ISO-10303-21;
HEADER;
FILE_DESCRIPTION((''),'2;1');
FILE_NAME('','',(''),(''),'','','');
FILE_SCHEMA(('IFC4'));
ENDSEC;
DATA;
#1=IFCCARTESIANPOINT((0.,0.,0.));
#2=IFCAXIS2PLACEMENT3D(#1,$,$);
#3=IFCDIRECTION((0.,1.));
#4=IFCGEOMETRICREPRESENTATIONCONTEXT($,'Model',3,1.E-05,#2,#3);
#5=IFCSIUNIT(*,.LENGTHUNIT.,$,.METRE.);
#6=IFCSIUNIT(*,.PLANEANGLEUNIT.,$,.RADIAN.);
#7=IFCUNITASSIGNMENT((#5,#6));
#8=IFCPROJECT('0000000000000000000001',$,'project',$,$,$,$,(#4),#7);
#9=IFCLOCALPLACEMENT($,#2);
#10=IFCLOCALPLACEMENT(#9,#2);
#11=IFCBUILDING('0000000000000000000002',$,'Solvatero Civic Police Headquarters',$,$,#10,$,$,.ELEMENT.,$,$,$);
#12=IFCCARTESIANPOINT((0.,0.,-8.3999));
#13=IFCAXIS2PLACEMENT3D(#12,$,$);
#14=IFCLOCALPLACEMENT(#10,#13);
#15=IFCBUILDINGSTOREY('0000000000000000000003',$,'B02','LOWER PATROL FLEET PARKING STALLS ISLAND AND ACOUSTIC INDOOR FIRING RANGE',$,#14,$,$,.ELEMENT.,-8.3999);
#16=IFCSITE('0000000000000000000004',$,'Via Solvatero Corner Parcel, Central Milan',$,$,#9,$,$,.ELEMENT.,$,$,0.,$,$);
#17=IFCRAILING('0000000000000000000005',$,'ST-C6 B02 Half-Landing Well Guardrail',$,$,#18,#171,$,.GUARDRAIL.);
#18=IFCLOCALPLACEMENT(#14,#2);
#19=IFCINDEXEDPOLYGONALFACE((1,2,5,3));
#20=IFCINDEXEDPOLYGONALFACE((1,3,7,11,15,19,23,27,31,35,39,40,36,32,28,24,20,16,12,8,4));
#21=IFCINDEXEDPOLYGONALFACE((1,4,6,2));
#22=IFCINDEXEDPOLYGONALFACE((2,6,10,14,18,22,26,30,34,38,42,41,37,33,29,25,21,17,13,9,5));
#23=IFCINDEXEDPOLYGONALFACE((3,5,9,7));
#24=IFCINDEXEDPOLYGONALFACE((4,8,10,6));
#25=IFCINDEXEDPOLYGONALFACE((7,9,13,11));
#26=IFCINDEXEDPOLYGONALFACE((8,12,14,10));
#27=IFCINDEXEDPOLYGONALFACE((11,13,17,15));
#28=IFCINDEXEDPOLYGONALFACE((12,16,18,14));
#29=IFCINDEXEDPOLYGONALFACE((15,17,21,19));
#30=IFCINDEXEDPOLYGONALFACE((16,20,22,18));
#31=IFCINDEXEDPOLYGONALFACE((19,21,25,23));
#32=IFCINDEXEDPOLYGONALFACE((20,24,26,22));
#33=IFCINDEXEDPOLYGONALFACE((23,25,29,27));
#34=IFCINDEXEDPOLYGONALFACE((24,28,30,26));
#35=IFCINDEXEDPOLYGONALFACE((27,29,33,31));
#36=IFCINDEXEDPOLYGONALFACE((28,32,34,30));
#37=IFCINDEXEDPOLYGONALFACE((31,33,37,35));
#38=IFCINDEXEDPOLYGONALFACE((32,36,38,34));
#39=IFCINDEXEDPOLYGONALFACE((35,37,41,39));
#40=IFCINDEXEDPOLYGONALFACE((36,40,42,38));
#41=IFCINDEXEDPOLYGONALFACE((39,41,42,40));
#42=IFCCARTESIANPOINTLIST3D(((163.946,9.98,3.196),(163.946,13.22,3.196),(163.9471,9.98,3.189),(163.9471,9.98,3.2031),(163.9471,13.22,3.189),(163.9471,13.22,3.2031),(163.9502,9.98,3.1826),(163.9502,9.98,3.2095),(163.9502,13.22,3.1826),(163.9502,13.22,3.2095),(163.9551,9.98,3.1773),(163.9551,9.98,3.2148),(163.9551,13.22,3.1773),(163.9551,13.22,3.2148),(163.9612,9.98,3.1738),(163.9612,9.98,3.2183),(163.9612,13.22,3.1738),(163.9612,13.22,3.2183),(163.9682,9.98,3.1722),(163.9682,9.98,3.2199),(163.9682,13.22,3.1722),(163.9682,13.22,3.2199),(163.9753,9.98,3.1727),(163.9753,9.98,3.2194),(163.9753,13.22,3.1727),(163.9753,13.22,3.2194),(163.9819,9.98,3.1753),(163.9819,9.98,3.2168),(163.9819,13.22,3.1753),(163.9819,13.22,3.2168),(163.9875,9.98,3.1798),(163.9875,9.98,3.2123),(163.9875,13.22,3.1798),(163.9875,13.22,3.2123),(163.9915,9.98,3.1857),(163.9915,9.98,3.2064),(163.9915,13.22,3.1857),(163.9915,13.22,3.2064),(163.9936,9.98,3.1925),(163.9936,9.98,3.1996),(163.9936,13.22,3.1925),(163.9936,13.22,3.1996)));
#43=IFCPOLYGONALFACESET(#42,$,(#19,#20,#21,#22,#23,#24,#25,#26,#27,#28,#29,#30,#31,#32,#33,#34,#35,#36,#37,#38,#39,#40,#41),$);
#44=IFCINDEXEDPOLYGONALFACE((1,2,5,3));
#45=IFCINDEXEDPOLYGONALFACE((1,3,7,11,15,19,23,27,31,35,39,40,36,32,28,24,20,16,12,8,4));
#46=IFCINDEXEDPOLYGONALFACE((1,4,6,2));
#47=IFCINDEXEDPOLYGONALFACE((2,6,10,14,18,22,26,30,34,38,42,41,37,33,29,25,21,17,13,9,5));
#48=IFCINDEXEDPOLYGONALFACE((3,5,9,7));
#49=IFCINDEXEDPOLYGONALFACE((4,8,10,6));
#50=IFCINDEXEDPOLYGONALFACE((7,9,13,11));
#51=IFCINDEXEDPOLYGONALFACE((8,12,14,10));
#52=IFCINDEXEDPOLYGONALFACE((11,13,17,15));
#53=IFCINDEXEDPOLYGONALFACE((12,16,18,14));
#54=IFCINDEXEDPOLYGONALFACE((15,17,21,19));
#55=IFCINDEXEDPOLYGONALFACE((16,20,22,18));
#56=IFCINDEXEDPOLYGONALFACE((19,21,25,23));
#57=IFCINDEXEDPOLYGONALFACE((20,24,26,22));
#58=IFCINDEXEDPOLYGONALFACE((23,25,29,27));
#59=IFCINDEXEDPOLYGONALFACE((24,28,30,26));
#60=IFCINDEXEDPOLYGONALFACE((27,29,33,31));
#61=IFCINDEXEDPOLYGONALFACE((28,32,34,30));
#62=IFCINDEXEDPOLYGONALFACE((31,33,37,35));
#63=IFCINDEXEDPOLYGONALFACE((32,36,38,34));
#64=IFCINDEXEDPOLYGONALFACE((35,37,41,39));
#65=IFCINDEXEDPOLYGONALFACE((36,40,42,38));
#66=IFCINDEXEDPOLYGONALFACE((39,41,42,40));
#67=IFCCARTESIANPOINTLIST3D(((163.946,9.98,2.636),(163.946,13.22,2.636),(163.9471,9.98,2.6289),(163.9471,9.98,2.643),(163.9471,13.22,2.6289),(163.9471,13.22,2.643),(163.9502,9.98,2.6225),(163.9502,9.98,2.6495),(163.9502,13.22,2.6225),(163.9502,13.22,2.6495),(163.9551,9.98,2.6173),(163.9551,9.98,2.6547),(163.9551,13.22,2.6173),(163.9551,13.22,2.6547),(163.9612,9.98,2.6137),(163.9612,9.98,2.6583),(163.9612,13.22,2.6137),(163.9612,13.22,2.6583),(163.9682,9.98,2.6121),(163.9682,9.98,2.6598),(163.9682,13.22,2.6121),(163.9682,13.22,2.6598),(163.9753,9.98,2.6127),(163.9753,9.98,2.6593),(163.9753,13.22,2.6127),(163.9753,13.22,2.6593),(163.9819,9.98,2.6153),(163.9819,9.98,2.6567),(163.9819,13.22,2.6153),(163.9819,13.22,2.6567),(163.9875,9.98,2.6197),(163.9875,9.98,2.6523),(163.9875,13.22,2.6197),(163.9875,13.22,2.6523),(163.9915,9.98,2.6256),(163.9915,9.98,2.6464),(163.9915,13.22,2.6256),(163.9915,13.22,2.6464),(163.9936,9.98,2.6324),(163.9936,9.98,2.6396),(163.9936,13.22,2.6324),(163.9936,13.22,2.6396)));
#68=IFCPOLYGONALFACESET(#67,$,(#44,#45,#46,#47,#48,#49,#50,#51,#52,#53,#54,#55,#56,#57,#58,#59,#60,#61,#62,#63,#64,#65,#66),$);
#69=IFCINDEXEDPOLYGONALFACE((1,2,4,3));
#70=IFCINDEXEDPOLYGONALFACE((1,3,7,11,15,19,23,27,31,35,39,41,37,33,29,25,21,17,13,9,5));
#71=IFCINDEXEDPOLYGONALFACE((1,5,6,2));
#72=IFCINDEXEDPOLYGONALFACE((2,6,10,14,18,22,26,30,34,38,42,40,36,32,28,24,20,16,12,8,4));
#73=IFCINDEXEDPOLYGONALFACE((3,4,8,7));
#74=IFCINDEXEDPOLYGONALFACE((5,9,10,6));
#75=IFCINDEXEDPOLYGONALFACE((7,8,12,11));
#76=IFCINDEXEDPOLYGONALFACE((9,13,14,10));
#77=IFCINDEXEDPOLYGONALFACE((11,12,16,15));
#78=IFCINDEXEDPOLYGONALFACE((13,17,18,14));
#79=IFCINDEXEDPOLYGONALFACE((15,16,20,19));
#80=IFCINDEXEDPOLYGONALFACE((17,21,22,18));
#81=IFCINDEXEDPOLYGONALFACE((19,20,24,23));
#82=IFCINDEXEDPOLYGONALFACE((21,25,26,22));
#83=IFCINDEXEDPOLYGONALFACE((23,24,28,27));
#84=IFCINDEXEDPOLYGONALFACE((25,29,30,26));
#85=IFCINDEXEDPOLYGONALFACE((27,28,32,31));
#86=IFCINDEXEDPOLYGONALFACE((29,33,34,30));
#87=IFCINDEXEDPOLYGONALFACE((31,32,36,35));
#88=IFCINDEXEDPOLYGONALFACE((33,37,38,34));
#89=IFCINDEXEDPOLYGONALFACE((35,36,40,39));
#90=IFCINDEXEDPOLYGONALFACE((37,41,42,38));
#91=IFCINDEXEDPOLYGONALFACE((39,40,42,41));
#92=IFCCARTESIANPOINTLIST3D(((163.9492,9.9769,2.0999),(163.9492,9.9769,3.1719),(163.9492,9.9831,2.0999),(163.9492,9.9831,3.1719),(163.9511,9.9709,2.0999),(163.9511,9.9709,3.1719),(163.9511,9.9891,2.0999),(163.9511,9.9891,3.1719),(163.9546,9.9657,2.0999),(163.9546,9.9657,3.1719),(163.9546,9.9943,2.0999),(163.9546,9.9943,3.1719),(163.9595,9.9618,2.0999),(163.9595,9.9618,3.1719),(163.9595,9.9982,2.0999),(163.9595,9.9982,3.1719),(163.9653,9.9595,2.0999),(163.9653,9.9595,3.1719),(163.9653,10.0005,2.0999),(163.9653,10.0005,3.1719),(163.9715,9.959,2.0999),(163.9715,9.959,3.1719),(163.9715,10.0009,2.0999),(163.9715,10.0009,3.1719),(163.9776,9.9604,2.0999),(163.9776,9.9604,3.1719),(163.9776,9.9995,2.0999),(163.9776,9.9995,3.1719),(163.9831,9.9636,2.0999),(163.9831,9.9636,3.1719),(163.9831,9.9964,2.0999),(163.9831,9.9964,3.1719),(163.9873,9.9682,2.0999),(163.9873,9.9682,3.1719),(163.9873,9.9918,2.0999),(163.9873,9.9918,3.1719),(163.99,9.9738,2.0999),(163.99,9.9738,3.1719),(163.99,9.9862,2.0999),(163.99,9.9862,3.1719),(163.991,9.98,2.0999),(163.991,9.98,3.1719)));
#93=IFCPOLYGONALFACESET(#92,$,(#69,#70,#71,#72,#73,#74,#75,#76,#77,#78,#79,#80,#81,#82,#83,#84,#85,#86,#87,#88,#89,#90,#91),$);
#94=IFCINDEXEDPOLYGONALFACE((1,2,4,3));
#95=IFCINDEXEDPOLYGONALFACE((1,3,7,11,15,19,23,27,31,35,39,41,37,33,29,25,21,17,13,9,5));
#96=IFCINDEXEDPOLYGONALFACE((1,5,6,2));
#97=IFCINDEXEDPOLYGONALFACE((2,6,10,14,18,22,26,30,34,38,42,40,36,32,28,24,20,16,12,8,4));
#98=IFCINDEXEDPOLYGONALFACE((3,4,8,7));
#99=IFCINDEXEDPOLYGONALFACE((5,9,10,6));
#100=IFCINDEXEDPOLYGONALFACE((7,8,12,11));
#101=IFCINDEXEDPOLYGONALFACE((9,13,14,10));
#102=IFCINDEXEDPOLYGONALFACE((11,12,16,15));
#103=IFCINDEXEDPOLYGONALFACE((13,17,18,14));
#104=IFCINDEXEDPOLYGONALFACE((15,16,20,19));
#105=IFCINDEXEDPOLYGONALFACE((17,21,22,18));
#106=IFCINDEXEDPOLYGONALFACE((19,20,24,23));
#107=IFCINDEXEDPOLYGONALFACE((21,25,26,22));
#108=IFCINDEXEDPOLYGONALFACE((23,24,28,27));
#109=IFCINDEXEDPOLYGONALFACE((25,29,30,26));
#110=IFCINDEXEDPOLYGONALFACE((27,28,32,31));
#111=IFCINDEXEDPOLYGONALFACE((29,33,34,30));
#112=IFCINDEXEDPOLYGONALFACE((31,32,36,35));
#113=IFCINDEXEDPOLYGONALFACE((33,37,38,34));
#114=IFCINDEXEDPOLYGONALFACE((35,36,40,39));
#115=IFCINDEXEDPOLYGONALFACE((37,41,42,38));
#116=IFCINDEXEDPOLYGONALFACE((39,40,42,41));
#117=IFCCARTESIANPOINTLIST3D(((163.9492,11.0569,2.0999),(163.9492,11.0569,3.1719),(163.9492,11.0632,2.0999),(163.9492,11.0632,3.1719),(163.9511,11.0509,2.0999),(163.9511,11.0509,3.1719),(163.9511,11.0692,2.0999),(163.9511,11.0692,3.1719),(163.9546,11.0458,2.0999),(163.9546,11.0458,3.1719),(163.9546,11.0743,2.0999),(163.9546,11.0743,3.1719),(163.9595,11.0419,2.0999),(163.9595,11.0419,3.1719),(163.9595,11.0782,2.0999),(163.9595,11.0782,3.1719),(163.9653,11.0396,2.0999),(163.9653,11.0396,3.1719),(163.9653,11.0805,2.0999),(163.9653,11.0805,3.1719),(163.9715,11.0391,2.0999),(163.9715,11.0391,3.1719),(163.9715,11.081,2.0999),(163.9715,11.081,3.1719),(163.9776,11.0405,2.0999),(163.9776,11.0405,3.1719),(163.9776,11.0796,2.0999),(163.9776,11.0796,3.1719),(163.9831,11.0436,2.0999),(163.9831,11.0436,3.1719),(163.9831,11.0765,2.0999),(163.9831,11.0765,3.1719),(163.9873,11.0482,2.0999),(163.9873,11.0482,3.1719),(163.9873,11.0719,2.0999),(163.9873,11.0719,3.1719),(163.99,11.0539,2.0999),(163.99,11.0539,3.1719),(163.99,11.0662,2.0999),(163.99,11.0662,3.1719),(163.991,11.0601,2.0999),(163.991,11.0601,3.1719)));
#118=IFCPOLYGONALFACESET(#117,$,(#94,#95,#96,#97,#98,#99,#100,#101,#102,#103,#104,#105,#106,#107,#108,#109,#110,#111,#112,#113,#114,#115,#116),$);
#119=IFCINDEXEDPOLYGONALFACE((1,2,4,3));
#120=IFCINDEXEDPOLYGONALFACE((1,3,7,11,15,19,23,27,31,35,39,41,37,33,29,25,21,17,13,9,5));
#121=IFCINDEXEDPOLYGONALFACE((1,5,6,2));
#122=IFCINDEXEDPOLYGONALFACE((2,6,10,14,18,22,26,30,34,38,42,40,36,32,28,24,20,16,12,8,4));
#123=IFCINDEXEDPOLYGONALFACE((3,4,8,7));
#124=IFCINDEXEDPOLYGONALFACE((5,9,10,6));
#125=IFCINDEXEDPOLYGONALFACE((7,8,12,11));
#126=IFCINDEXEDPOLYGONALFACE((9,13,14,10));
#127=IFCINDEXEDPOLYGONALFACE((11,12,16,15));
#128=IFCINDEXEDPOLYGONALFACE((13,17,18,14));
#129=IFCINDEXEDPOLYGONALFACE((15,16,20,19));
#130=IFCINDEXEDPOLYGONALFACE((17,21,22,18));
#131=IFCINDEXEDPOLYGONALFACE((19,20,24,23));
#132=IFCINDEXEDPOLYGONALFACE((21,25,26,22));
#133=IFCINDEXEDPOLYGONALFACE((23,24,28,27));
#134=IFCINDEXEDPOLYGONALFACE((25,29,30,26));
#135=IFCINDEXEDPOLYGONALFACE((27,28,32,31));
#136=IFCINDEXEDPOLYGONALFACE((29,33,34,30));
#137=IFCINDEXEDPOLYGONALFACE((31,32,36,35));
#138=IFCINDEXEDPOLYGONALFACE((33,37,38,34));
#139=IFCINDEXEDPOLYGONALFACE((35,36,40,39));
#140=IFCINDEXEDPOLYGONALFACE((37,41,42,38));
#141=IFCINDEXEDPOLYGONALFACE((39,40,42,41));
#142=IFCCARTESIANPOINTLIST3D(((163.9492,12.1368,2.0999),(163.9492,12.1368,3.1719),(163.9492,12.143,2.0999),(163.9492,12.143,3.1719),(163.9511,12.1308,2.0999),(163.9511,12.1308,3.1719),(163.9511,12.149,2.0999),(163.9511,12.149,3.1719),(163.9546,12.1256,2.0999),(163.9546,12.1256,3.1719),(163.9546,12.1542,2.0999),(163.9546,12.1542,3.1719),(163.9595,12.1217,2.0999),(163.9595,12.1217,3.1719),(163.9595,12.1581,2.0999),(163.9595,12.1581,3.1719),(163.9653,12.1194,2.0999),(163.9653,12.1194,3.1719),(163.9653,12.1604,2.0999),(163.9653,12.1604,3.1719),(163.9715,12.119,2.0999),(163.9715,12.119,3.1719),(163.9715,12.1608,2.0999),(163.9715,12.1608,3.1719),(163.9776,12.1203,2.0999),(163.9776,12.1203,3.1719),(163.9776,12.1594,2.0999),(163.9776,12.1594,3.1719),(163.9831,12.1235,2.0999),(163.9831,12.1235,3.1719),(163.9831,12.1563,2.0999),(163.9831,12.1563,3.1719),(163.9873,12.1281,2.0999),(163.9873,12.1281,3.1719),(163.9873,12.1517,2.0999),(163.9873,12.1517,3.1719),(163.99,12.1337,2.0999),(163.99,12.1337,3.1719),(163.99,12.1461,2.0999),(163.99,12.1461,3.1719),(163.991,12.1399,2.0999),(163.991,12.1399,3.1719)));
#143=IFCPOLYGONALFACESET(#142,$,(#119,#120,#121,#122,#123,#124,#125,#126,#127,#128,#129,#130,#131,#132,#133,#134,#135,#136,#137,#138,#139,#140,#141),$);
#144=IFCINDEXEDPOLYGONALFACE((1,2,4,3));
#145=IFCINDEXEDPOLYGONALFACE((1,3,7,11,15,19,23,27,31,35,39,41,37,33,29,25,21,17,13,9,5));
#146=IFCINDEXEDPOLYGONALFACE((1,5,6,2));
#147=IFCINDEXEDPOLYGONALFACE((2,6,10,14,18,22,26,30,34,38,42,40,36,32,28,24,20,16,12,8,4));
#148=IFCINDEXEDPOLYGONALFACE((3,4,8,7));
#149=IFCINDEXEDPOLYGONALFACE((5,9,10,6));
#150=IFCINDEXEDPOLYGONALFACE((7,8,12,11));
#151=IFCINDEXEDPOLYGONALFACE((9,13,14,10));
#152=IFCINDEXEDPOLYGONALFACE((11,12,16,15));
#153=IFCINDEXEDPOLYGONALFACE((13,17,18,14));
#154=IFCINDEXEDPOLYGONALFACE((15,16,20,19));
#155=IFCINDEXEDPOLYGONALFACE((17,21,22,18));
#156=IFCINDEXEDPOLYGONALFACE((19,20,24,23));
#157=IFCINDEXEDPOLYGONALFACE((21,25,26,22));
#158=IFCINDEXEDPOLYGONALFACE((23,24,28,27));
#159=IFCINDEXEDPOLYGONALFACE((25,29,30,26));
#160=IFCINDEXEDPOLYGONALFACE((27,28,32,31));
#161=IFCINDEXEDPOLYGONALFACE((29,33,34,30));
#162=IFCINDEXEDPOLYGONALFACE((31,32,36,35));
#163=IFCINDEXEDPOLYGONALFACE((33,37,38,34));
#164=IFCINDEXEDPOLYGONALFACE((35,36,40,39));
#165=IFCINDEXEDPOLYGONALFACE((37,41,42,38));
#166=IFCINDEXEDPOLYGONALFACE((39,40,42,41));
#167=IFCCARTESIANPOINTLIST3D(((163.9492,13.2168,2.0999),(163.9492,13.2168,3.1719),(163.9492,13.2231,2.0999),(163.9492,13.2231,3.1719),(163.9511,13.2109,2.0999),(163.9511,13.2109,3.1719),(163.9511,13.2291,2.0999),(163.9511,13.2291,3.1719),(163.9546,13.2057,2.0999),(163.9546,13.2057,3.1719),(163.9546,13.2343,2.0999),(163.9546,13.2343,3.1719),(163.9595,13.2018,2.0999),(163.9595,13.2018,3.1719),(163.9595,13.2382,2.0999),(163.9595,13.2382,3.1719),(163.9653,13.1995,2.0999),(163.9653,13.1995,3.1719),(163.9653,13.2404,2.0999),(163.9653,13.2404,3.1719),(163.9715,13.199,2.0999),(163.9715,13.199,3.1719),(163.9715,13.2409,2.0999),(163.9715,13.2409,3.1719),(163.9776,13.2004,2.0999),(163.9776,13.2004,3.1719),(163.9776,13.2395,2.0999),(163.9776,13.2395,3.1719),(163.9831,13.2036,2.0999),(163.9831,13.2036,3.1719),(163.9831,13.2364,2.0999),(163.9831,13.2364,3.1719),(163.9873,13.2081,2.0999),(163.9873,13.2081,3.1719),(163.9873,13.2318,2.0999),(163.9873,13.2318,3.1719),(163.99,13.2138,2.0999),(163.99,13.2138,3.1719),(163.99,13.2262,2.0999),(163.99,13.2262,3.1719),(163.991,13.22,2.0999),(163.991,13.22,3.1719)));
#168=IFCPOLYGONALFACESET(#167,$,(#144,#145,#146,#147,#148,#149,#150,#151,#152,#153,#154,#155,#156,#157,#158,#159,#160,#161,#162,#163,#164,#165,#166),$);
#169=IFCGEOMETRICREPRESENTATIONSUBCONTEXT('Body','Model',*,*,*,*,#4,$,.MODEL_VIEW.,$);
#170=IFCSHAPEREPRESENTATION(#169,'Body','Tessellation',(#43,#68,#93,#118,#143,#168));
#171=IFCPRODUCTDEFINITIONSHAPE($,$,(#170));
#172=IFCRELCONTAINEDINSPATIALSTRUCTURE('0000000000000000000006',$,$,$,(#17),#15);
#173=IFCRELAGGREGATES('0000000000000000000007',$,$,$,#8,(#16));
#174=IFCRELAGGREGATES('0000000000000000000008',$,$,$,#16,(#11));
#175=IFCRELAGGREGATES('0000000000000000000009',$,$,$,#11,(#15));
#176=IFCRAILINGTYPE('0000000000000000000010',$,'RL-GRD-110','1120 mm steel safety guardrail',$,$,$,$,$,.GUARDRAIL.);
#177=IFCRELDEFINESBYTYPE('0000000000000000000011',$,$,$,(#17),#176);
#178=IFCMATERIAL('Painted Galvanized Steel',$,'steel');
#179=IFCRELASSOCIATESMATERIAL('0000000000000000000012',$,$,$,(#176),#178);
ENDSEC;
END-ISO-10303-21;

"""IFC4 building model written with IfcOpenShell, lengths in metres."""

from ifc_helpers import new_model, si_unit, direction, frame, origin, origin_2d, place, context, subcontext, project, spatial, circle, extrude, material, type_object, element, save


model = new_model("IFC4")

# Units and contexts
model_context = context("Model", 3, precision=1e-05, world=origin(), true_north=direction((0.0, 1.0)))
body_context = subcontext(model_context, "Body", "Model", "MODEL_VIEW")
ifc_project = project(units=[si_unit("LENGTHUNIT", "METRE"), si_unit("PLANEANGLEUNIT", "RADIAN")], contexts=[model_context])

# Site, building, storey
site_placement = place(None, origin())
site = spatial("IfcSite", under=ifc_project, at=site_placement, Name="Via Solvatero Corner Parcel, Central Milan", CompositionType="ELEMENT", RefElevation=0.0)
building_placement = place(site_placement, origin())
building = spatial("IfcBuilding", under=site, at=building_placement, Name="Solvatero Civic Police Headquarters", CompositionType="ELEMENT")
storey_placement = place(building_placement, frame((0.0, 0.0, -8.3999)))
storey = spatial("IfcBuildingStorey", under=building, at=storey_placement, Name="B02", Description="LOWER PATROL FLEET PARKING STALLS ISLAND AND ACOUSTIC INDOOR FIRING RANGE", CompositionType="ELEMENT", Elevation=-8.3999)

# Railing
ifc_material_1 = material(Name="Painted Galvanized Steel", Category="steel")
railing_type_1 = type_object("IfcRailingType", Name="RL-GRD-110", Description="1120 mm steel safety guardrail", PredefinedType="GUARDRAIL", material=ifc_material_1)
railing_1_placement = place(storey_placement, frame((163.97, 9.98, 2.0999)))
element("IfcRailing", 1, at=railing_1_placement, inside=storey, type_object=railing_type_1, Name="ST-C6 B02 Half-Landing Well Guardrail", PredefinedType="GUARDRAIL", context=body_context, shape_type="SweptSolid", body=[
    extrude(circle(Radius=0.0239, at=origin_2d()), frame((0.0, 0.0, 1.0962), z_axis=(0.0, 1.0, 0.0), x_axis=(-1.0, 0.0, 0.0)), (0.0, 0.0, 1.0), 3.24),
    extrude(circle(Radius=0.0239, at=origin_2d()), frame((0.0, 0.0, 0.5361), z_axis=(0.0, 1.0, 0.0), x_axis=(-1.0, 0.0, 0.0)), (0.0, 0.0, 1.0), 3.24),
    extrude(circle(Radius=0.021, at=origin_2d()), origin(), (0.0, 0.0, 1.0), 1.072),
    extrude(circle(Radius=0.021, at=origin_2d()), frame((0.0, 1.0801, 0.0)), (0.0, 0.0, 1.0), 1.072),
    extrude(circle(Radius=0.021, at=origin_2d()), frame((0.0, 2.1599, 0.0)), (0.0, 0.0, 1.0), 1.072),
    extrude(circle(Radius=0.021, at=origin_2d()), frame((0.0, 3.24, 0.0)), (0.0, 0.0, 1.0), 1.072),
])

save(model, "model.ifc")
